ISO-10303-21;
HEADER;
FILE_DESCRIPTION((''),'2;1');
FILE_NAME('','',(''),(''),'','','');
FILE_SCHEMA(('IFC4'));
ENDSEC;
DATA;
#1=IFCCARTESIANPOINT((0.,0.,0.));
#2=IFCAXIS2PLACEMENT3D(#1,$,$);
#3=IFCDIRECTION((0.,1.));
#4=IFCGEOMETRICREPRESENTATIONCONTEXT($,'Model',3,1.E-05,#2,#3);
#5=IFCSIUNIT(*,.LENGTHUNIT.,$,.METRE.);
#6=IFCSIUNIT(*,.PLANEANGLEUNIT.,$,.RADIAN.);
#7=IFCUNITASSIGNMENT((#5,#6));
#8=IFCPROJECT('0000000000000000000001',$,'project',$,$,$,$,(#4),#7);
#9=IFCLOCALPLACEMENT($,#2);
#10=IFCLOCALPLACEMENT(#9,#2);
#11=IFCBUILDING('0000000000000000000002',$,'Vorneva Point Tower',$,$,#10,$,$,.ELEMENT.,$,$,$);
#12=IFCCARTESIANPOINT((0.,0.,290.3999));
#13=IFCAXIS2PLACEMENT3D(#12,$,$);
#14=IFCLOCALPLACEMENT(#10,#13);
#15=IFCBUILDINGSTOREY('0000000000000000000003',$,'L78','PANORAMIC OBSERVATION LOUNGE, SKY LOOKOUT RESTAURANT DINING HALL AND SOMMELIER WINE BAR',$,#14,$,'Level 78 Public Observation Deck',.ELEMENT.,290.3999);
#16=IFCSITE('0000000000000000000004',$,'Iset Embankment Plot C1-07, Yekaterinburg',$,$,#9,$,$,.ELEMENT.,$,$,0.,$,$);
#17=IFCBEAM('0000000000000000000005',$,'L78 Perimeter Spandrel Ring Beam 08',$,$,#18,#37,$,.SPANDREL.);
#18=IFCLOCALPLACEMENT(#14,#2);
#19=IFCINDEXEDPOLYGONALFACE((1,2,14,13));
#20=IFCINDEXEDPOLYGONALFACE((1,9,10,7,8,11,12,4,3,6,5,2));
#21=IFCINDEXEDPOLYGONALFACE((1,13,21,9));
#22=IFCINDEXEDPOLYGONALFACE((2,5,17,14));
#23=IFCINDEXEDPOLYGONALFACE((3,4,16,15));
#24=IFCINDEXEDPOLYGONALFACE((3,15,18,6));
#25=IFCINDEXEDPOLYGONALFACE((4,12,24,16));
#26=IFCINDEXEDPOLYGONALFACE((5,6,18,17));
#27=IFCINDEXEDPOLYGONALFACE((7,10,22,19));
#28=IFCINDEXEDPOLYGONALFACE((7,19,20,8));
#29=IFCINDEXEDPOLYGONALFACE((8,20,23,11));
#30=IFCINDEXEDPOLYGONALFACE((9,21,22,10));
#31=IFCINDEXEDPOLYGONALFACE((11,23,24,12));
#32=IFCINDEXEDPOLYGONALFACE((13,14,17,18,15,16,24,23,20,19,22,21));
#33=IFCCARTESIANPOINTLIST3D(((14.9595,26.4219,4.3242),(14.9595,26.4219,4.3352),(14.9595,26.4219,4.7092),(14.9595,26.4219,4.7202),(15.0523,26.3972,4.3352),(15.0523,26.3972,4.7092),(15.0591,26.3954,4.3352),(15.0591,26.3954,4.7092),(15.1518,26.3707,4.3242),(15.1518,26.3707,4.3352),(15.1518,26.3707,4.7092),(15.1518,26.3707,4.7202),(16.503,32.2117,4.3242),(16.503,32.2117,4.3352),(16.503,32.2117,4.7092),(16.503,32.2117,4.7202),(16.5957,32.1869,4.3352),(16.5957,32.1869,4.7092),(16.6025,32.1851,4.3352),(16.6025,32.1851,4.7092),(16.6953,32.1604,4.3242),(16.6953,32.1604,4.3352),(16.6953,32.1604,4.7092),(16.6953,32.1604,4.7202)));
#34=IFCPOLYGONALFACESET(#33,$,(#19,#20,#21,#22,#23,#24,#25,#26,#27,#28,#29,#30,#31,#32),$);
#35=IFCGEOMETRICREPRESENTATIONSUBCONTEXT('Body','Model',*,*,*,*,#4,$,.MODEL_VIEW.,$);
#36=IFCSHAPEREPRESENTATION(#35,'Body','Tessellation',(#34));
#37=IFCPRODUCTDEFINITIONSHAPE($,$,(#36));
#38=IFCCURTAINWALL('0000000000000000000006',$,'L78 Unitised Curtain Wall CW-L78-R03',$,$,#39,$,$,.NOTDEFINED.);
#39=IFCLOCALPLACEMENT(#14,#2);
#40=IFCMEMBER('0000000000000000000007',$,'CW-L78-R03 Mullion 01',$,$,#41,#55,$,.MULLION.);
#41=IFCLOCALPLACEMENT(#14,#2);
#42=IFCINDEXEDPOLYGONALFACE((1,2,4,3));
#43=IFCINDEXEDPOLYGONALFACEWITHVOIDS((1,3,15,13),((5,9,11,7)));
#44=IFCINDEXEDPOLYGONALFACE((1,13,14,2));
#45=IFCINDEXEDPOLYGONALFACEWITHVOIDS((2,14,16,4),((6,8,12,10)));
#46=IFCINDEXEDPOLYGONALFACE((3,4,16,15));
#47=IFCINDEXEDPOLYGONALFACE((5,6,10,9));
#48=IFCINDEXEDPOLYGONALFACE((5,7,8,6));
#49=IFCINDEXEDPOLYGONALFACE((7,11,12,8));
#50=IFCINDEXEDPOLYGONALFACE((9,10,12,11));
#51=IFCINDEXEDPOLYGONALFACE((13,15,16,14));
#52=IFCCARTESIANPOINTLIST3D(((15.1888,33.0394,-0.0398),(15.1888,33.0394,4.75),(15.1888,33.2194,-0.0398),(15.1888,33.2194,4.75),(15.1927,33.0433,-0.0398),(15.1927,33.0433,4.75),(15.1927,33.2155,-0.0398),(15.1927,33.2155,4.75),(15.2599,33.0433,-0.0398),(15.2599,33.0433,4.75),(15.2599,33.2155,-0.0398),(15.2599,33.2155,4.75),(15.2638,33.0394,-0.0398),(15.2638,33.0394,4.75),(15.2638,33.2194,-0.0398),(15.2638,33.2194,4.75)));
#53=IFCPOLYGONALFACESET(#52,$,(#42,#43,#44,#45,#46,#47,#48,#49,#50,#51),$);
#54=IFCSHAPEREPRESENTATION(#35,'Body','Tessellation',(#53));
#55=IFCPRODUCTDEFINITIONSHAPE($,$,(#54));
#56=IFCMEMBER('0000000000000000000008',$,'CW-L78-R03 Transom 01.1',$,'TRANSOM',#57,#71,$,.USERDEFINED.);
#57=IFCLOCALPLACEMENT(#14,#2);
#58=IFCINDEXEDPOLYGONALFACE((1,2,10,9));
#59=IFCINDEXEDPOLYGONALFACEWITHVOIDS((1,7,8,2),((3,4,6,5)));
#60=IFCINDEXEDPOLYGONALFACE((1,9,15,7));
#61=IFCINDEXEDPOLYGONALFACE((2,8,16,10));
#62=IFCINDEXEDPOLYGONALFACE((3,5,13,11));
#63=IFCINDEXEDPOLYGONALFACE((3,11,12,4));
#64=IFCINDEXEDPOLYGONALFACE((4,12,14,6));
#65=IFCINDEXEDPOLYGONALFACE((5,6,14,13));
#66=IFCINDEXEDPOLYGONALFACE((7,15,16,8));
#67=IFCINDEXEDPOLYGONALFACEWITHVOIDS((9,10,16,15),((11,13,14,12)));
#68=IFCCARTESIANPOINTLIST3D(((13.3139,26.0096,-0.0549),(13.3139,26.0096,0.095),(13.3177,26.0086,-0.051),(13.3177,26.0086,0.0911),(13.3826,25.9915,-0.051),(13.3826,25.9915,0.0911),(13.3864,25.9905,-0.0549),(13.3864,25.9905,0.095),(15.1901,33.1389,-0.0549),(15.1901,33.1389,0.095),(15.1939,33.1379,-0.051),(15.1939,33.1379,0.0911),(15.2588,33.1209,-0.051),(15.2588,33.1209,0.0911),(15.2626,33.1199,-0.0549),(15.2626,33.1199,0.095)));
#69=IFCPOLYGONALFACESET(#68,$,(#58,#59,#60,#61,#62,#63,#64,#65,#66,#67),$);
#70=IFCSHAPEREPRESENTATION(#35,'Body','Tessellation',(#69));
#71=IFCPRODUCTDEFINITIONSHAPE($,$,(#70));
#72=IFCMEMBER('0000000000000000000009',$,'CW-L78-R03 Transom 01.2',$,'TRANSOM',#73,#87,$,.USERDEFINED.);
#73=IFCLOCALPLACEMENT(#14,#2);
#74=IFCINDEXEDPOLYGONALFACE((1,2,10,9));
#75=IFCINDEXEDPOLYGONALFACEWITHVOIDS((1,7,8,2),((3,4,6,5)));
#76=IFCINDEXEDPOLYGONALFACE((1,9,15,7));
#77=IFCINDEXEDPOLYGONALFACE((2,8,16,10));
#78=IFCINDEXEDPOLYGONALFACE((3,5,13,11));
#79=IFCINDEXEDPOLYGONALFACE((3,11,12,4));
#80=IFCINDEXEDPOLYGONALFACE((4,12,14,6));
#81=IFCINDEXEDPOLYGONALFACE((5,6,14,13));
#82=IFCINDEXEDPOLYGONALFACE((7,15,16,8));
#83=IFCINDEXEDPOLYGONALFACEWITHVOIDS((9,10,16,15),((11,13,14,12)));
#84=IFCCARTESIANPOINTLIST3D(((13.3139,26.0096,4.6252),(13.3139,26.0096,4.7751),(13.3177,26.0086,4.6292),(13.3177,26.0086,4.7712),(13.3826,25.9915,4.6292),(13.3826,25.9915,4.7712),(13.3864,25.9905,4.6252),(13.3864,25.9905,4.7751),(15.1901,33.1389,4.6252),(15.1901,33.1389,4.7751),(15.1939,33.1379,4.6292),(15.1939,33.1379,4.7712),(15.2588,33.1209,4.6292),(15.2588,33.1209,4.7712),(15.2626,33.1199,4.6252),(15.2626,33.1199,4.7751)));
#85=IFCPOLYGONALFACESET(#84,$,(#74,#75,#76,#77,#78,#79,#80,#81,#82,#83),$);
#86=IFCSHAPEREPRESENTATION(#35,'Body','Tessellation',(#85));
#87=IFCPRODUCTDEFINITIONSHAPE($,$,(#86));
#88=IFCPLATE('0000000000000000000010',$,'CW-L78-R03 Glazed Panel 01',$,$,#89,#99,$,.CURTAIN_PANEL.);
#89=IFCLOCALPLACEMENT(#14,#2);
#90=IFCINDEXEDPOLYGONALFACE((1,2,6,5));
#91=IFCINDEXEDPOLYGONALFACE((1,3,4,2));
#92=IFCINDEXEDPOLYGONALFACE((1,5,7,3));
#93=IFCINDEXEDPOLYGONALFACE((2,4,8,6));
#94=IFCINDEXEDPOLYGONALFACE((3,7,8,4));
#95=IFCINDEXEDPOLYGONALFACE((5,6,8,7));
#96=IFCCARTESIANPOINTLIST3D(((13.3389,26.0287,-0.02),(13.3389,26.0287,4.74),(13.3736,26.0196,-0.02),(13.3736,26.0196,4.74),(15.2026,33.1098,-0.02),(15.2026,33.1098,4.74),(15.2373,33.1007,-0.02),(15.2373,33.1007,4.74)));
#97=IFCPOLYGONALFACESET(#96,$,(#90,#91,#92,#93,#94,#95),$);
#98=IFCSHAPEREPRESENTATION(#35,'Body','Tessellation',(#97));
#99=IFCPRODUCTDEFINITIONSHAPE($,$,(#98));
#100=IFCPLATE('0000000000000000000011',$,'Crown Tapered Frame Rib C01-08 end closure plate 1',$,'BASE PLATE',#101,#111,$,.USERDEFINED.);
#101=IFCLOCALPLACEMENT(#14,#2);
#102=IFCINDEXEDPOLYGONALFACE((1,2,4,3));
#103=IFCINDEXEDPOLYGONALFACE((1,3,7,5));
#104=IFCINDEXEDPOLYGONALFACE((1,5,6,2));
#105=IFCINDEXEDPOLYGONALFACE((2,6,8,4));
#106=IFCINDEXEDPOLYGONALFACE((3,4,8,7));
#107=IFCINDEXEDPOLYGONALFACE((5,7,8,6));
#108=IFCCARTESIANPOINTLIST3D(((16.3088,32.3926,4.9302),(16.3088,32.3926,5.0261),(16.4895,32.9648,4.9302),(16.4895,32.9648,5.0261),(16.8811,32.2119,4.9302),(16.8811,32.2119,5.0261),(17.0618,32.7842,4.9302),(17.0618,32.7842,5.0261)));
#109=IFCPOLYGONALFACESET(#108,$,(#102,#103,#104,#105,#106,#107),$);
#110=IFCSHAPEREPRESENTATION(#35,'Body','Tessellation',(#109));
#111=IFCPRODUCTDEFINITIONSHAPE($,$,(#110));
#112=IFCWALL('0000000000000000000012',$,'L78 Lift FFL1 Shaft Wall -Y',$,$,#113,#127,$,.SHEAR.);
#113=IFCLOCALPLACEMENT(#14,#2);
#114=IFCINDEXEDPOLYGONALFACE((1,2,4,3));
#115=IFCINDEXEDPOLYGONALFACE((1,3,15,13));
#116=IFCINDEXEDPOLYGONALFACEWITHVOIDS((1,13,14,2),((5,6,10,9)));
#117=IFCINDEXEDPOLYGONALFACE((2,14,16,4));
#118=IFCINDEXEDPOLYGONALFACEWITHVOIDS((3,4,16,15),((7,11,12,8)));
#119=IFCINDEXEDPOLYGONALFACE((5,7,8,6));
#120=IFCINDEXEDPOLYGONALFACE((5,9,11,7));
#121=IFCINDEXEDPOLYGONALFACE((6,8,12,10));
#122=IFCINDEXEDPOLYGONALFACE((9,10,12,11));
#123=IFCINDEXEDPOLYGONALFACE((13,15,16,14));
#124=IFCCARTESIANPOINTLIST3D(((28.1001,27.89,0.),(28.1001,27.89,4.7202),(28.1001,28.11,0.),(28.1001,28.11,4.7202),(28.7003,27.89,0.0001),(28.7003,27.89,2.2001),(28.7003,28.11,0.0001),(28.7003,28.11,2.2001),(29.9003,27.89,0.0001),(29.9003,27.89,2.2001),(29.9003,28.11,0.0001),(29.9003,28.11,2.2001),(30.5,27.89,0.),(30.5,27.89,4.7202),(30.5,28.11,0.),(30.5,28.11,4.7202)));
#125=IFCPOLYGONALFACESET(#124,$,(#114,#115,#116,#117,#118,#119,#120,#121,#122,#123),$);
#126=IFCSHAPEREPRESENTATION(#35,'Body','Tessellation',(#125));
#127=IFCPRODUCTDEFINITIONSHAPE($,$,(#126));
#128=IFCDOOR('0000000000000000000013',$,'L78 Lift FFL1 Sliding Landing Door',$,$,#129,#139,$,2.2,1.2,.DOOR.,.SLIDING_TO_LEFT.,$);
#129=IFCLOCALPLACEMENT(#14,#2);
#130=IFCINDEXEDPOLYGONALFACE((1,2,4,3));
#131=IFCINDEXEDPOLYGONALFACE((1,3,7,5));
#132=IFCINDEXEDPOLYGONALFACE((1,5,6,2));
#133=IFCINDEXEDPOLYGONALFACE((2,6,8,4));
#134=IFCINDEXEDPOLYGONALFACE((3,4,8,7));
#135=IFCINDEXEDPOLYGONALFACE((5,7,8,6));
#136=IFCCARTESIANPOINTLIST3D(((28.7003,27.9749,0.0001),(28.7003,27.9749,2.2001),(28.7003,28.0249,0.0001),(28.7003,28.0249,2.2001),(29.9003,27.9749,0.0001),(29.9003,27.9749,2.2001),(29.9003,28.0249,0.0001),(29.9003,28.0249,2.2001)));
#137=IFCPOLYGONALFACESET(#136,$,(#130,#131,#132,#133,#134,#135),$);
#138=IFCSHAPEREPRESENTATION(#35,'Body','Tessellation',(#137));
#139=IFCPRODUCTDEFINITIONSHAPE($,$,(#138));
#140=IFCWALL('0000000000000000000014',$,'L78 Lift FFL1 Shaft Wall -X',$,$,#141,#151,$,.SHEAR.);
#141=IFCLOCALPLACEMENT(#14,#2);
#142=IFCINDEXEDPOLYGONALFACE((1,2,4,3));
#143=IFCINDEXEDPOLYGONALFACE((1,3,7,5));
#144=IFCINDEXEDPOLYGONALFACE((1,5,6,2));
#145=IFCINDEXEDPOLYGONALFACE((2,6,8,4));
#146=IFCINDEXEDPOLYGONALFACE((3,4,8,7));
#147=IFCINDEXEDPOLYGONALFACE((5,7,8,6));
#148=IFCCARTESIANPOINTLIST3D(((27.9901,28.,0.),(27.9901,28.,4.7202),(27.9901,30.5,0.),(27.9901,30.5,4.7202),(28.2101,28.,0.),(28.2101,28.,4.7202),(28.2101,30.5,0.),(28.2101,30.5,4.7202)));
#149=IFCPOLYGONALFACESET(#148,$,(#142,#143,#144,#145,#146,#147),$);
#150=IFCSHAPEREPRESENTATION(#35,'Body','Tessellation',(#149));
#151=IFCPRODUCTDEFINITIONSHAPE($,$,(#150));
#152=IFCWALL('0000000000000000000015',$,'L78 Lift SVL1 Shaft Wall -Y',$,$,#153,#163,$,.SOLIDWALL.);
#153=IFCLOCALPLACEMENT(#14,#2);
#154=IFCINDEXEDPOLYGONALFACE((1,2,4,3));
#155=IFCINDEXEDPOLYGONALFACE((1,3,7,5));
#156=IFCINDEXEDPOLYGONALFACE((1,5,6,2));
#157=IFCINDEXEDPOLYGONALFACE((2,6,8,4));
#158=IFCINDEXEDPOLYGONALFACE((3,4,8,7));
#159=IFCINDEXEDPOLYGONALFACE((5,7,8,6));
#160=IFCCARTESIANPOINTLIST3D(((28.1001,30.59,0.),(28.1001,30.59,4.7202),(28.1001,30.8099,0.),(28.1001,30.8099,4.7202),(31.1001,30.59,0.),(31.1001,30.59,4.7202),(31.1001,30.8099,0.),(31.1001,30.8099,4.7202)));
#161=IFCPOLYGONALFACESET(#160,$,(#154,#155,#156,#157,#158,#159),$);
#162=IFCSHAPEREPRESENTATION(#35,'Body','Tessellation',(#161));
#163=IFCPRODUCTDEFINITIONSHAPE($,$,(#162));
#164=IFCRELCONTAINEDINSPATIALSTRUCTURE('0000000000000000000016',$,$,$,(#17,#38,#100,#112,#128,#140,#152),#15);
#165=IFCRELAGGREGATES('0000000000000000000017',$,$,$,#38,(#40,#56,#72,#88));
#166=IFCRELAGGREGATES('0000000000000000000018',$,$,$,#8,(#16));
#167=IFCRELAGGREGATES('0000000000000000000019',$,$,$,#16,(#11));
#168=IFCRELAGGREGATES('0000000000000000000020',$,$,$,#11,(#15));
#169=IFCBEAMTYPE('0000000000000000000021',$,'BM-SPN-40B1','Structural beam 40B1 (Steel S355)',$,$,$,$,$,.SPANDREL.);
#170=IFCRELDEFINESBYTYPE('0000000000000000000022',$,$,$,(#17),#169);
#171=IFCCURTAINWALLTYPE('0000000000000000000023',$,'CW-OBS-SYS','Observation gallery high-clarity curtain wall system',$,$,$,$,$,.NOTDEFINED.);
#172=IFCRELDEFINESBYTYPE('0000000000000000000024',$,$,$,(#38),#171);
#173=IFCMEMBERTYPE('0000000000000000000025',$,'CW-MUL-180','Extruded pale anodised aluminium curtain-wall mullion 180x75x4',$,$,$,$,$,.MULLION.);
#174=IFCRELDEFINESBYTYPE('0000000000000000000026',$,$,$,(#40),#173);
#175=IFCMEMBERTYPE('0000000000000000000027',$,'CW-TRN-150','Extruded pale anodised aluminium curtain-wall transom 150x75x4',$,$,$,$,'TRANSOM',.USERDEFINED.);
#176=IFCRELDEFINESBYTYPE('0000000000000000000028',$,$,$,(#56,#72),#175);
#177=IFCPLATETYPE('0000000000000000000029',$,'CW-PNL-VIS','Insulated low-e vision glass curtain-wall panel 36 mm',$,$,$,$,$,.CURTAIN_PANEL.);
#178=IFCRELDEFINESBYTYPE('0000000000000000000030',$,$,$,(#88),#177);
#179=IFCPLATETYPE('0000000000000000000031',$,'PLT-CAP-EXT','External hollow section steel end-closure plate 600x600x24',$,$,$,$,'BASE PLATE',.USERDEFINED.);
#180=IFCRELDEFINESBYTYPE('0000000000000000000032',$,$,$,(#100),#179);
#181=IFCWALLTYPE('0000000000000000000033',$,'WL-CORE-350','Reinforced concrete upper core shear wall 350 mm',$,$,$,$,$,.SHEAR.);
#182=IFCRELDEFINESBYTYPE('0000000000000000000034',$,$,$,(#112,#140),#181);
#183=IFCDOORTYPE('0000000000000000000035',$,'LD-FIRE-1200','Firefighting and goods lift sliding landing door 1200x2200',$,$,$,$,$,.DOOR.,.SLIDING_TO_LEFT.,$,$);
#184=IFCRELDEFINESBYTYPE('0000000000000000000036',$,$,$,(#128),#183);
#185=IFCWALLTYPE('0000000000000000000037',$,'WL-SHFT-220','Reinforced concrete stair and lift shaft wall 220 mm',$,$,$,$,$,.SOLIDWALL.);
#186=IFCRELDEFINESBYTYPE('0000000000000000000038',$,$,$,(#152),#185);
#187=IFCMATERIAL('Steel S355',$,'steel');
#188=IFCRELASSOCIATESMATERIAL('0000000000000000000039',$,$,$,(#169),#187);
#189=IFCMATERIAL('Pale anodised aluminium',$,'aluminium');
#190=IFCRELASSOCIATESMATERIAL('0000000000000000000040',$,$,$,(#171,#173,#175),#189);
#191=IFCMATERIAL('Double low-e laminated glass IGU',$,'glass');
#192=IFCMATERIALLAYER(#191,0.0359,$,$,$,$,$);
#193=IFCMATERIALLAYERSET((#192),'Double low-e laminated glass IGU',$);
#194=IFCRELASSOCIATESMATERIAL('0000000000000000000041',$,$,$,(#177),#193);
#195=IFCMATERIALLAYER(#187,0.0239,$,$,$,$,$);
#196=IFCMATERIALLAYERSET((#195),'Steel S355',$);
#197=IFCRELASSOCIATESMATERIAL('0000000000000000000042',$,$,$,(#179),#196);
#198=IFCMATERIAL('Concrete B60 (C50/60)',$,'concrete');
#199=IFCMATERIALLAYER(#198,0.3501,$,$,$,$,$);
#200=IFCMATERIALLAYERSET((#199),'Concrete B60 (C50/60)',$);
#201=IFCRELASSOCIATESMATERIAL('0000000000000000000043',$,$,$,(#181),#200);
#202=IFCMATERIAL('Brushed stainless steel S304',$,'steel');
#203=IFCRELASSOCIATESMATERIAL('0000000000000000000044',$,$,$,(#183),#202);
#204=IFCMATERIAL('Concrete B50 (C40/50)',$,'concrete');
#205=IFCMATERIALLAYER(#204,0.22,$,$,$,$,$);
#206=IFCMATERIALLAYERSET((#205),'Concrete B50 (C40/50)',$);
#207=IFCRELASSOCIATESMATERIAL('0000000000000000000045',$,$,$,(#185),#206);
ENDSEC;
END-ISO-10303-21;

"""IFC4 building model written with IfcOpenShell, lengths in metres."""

from ifc_helpers import new_model, si_unit, direction, frame, frame_2d, origin, origin_2d, place, context, subcontext, project, spatial, rectangle, hollow_rectangle, i_section, extrude, material, layer, layer_set, material_profile, profile_set, type_object, element, fill, aggregate, save


model = new_model("IFC4")

# Units and contexts
model_context = context("Model", 3, precision=1e-05, world=origin(), true_north=direction((0.0, 1.0)))
body_context = subcontext(model_context, "Body", "Model", "MODEL_VIEW")
ifc_project = project(units=[si_unit("LENGTHUNIT", "METRE"), si_unit("PLANEANGLEUNIT", "RADIAN")], contexts=[model_context])

# Site, building, storey
site_placement = place(None, origin())
site = spatial("IfcSite", under=ifc_project, at=site_placement, Name="Iset Embankment Plot C1-07, Yekaterinburg", CompositionType="ELEMENT", RefElevation=0.0)
building_placement = place(site_placement, origin())
building = spatial("IfcBuilding", under=site, at=building_placement, Name="Vorneva Point Tower", CompositionType="ELEMENT")
storey_placement = place(building_placement, frame((0.0, 0.0, 290.3999)))
storey = spatial("IfcBuildingStorey", under=building, at=storey_placement, Name="L78", Description="PANORAMIC OBSERVATION LOUNGE, SKY LOOKOUT RESTAURANT DINING HALL AND SOMMELIER WINE BAR", LongName="Level 78 Public Observation Deck", CompositionType="ELEMENT", Elevation=290.3999)

# Shared definitions
ifc_material_1 = material(Name="Concrete B50 (C40/50)", Category="concrete")

# Beam
ifc_material_2 = material(Name="Steel S355", Category="steel")
ifc_material_profile_1 = material_profile(ifc_material_2, i_section(OverallWidth=0.199, OverallDepth=0.396, WebThickness=0.0071, FlangeThickness=0.011, at=origin_2d()), Name="40B1")
ifc_profile_set_1 = profile_set([ifc_material_profile_1], Name="Steel S355")
beam_type_1 = type_object("IfcBeamType", Name="BM-SPN-40B1", Description="Structural beam 40B1 (Steel S355)", PredefinedType="SPANDREL", material=ifc_profile_set_1)
beam_1_placement = place(storey_placement, frame((16.5991, 32.186, 4.5222), z_axis=(-0.257587, -0.966255, 0.0), x_axis=(0.966255, -0.257587, 0.0)))
element("IfcBeam", 1, at=beam_1_placement, inside=storey, type_object=beam_type_1, Name="L78 Perimeter Spandrel Ring Beam 08", PredefinedType="SPANDREL", context=body_context, shape_type="SweptSolid", body=[
    extrude(i_section(OverallWidth=0.199, OverallDepth=0.396, WebThickness=0.0071, FlangeThickness=0.011, at=origin_2d()), origin(), (0.0, 0.0, 1.0), 5.9919),
])

# Curtain wall, members, plate
ifc_material_3 = material(Name="Pale anodised aluminium", Category="aluminium")
curtain_wall_type = type_object("IfcCurtainWallType", Name="CW-OBS-SYS", Description="Observation gallery high-clarity curtain wall system", PredefinedType="NOTDEFINED", material=ifc_material_3)
curtain_wall_placement = place(storey_placement, origin())
curtain_wall = element("IfcCurtainWall", 2, at=curtain_wall_placement, inside=storey, type_object=curtain_wall_type, Name="L78 Unitised Curtain Wall CW-L78-R03", PredefinedType="NOTDEFINED")
ifc_material_profile_2 = material_profile(ifc_material_3, hollow_rectangle(XDim=0.075, YDim=0.1799, WallThickness=0.0039, at=origin_2d()), Name="AL-MUL 180x75x4")
ifc_profile_set_2 = profile_set([ifc_material_profile_2], Name="Pale anodised aluminium")
member_type_1 = type_object("IfcMemberType", Name="CW-MUL-180", Description="Extruded pale anodised aluminium curtain-wall mullion 180x75x4", PredefinedType="MULLION", material=ifc_profile_set_2)
member_1_placement = place(storey_placement, frame((15.2263, 33.1294, -0.0398), z_axis=(0.0, 0.0, 1.0), x_axis=(1.0, 0.0, 0.0)))
member_1 = element("IfcMember", 3, at=member_1_placement, type_object=member_type_1, Name="CW-L78-R03 Mullion 01", PredefinedType="MULLION", context=body_context, shape_type="SweptSolid", body=[
    extrude(hollow_rectangle(XDim=0.075, YDim=0.1799, WallThickness=0.0039, at=origin_2d()), origin(), (0.0, 0.0, 1.0), 4.7898),
])
ifc_material_profile_3 = material_profile(ifc_material_3, hollow_rectangle(XDim=0.075, YDim=0.1499, WallThickness=0.0039, at=origin_2d()), Name="AL-TRN 150x75x4")
ifc_profile_set_3 = profile_set([ifc_material_profile_3], Name="Pale anodised aluminium")
member_type_2 = type_object("IfcMemberType", Name="CW-TRN-150", Description="Extruded pale anodised aluminium curtain-wall transom 150x75x4", ElementType="TRANSOM", PredefinedType="USERDEFINED", material=ifc_profile_set_3)
member_2_placement = place(storey_placement, frame((15.2263, 33.1294, 0.02), z_axis=(-0.254501, -0.967072, 0.0), x_axis=(0.967072, -0.254501, 0.0)))
member_2 = element("IfcMember", 4, at=member_2_placement, type_object=member_type_2, Name="CW-L78-R03 Transom 01.1", ObjectType="TRANSOM", PredefinedType="USERDEFINED", context=body_context, shape_type="SweptSolid", body=[
    extrude(hollow_rectangle(XDim=0.075, YDim=0.1499, WallThickness=0.0039, at=origin_2d()), origin(), (0.0, 0.0, 1.0), 7.3721),
])
member_3_placement = place(storey_placement, frame((15.2263, 33.1294, 4.7002), z_axis=(-0.254501, -0.967072, 0.0), x_axis=(0.967072, -0.254501, 0.0)))
member_3 = element("IfcMember", 5, at=member_3_placement, type_object=member_type_2, Name="CW-L78-R03 Transom 01.2", ObjectType="TRANSOM", PredefinedType="USERDEFINED", context=body_context, shape_type="SweptSolid", body=[
    extrude(hollow_rectangle(XDim=0.075, YDim=0.1499, WallThickness=0.0039, at=origin_2d()), origin(), (0.0, 0.0, 1.0), 7.3721),
])
ifc_material_4 = material(Name="Double low-e laminated glass IGU", Category="glass")
ifc_layer_1 = layer(ifc_material_4, 0.0359)
ifc_layer_set_1 = layer_set([ifc_layer_1], Name="Double low-e laminated glass IGU")
plate_type_1 = type_object("IfcPlateType", Name="CW-PNL-VIS", Description="Insulated low-e vision glass curtain-wall panel 36 mm", PredefinedType="CURTAIN_PANEL", material=ifc_layer_set_1)
plate_1_placement = place(storey_placement, frame((14.2881, 29.5647, -0.02), z_axis=(0.0, 0.0, 1.0), x_axis=(-0.254518, -0.967068, 0.0)))
plate_1 = element("IfcPlate", 6, at=plate_1_placement, type_object=plate_type_1, Name="CW-L78-R03 Glazed Panel 01", PredefinedType="CURTAIN_PANEL", context=body_context, shape_type="SweptSolid", body=[
    extrude(rectangle(XDim=7.3223, YDim=0.0359, at=origin_2d()), origin(), (0.0, 0.0, 1.0), 4.76),
])
aggregate(curtain_wall, [member_1, member_2, member_3, plate_1])

# Plate
ifc_layer_2 = layer(ifc_material_2, 0.0239)
ifc_layer_set_2 = layer_set([ifc_layer_2], Name="Steel S355")
plate_type_2 = type_object("IfcPlateType", Name="PLT-CAP-EXT", Description="External hollow section steel end-closure plate 600x600x24", ElementType="BASE PLATE", PredefinedType="USERDEFINED", material=ifc_layer_set_2)
plate_2_placement = place(storey_placement, frame((16.6853, 32.5884, 4.9302), z_axis=(0.0, 0.0, 1.0), x_axis=(0.953601, -0.301072, 0.0)))
element("IfcPlate", 7, at=plate_2_placement, inside=storey, type_object=plate_type_2, Name="Crown Tapered Frame Rib C01-08 end closure plate 1", ObjectType="BASE PLATE", PredefinedType="USERDEFINED", context=body_context, shape_type="SweptSolid", body=[
    extrude(rectangle(XDim=0.6001, YDim=0.6001, at=origin_2d()), origin(), (0.0, 0.0, 1.0), 0.0959),
])

# Wall, opening, door
ifc_material_5 = material(Name="Concrete B60 (C50/60)", Category="concrete")
ifc_layer_3 = layer(ifc_material_5, 0.3501)
ifc_layer_set_3 = layer_set([ifc_layer_3], Name="Concrete B60 (C50/60)")
wall_type_1 = type_object("IfcWallType", Name="WL-CORE-350", Description="Reinforced concrete upper core shear wall 350 mm", PredefinedType="SHEAR", material=ifc_layer_set_3)
wall_1_placement = place(storey_placement, frame((28.1001, 28.0, 0.0), z_axis=(0.0, 0.0, 1.0), x_axis=(1.0, 0.0, 0.0)))
wall_1 = element("IfcWall", 8, at=wall_1_placement, inside=storey, type_object=wall_type_1, Name="L78 Lift FFL1 Shaft Wall -Y", PredefinedType="SHEAR", context=body_context, shape_type="SweptSolid", body=[
    extrude(rectangle(XDim=2.3999, YDim=0.22, at=frame_2d((1.2, 0.0))), origin(), (0.0, 0.0, 1.0), 4.7202),
])
opening_1_placement = place(wall_1_placement, frame((0.6001, 0.0, 0.0)))
opening_1 = element("IfcOpeningElement", 9, at=opening_1_placement, cuts=wall_1, PredefinedType="OPENING", context=body_context, shape_type="SweptSolid", body=[
    extrude(rectangle(XDim=1.2, YDim=2.2, at=frame_2d((0.6001, 1.1001))), frame((0.0, 0.125, 0.0), z_axis=(0.0, -1.0, 0.0), x_axis=(1.0, 0.0, 0.0)), (0.0, 0.0, 1.0), 0.2498),
])
ifc_material_6 = material(Name="Brushed stainless steel S304", Category="steel")
door_type_1 = type_object("IfcDoorType", Name="LD-FIRE-1200", Description="Firefighting and goods lift sliding landing door 1200x2200", OperationType="SLIDING_TO_LEFT", PredefinedType="DOOR", material=ifc_material_6)
door_1_placement = place(opening_1_placement, origin())
door_1 = element("IfcDoor", 10, at=door_1_placement, inside=storey, type_object=door_type_1, Name="L78 Lift FFL1 Sliding Landing Door", OperationType="SLIDING_TO_LEFT", OverallHeight=2.2, OverallWidth=1.2, PredefinedType="DOOR", context=body_context, shape_type="SweptSolid", body=[
    extrude(rectangle(XDim=1.2, YDim=2.2, at=frame_2d((0.6001, 1.1001))), frame((0.0, 0.0249, 0.0), z_axis=(0.0, -1.0, 0.0), x_axis=(1.0, 0.0, 0.0)), (0.0, 0.0, 1.0), 0.05),
])
fill(opening_1, door_1)

# Wall
wall_2_placement = place(storey_placement, frame((28.1001, 30.5, 0.0), z_axis=(0.0, 0.0, 1.0), x_axis=(0.0, -1.0, 0.0)))
element("IfcWall", 11, at=wall_2_placement, inside=storey, type_object=wall_type_1, Name="L78 Lift FFL1 Shaft Wall -X", PredefinedType="SHEAR", context=body_context, shape_type="SweptSolid", body=[
    extrude(rectangle(XDim=2.5, YDim=0.22, at=frame_2d((1.25, 0.0))), origin(), (0.0, 0.0, 1.0), 4.7202),
])

# Wall
ifc_layer_4 = layer(ifc_material_1, 0.22)
ifc_layer_set_4 = layer_set([ifc_layer_4], Name="Concrete B50 (C40/50)")
wall_type_2 = type_object("IfcWallType", Name="WL-SHFT-220", Description="Reinforced concrete stair and lift shaft wall 220 mm", PredefinedType="SOLIDWALL", material=ifc_layer_set_4)
wall_3_placement = place(storey_placement, frame((28.1001, 30.7, 0.0), z_axis=(0.0, 0.0, 1.0), x_axis=(1.0, 0.0, 0.0)))
element("IfcWall", 12, at=wall_3_placement, inside=storey, type_object=wall_type_2, Name="L78 Lift SVL1 Shaft Wall -Y", PredefinedType="SOLIDWALL", context=body_context, shape_type="SweptSolid", body=[
    extrude(rectangle(XDim=3.0, YDim=0.22, at=frame_2d((1.5, 0.0))), origin(), (0.0, 0.0, 1.0), 4.7202),
])

save(model, "model.ifc")
